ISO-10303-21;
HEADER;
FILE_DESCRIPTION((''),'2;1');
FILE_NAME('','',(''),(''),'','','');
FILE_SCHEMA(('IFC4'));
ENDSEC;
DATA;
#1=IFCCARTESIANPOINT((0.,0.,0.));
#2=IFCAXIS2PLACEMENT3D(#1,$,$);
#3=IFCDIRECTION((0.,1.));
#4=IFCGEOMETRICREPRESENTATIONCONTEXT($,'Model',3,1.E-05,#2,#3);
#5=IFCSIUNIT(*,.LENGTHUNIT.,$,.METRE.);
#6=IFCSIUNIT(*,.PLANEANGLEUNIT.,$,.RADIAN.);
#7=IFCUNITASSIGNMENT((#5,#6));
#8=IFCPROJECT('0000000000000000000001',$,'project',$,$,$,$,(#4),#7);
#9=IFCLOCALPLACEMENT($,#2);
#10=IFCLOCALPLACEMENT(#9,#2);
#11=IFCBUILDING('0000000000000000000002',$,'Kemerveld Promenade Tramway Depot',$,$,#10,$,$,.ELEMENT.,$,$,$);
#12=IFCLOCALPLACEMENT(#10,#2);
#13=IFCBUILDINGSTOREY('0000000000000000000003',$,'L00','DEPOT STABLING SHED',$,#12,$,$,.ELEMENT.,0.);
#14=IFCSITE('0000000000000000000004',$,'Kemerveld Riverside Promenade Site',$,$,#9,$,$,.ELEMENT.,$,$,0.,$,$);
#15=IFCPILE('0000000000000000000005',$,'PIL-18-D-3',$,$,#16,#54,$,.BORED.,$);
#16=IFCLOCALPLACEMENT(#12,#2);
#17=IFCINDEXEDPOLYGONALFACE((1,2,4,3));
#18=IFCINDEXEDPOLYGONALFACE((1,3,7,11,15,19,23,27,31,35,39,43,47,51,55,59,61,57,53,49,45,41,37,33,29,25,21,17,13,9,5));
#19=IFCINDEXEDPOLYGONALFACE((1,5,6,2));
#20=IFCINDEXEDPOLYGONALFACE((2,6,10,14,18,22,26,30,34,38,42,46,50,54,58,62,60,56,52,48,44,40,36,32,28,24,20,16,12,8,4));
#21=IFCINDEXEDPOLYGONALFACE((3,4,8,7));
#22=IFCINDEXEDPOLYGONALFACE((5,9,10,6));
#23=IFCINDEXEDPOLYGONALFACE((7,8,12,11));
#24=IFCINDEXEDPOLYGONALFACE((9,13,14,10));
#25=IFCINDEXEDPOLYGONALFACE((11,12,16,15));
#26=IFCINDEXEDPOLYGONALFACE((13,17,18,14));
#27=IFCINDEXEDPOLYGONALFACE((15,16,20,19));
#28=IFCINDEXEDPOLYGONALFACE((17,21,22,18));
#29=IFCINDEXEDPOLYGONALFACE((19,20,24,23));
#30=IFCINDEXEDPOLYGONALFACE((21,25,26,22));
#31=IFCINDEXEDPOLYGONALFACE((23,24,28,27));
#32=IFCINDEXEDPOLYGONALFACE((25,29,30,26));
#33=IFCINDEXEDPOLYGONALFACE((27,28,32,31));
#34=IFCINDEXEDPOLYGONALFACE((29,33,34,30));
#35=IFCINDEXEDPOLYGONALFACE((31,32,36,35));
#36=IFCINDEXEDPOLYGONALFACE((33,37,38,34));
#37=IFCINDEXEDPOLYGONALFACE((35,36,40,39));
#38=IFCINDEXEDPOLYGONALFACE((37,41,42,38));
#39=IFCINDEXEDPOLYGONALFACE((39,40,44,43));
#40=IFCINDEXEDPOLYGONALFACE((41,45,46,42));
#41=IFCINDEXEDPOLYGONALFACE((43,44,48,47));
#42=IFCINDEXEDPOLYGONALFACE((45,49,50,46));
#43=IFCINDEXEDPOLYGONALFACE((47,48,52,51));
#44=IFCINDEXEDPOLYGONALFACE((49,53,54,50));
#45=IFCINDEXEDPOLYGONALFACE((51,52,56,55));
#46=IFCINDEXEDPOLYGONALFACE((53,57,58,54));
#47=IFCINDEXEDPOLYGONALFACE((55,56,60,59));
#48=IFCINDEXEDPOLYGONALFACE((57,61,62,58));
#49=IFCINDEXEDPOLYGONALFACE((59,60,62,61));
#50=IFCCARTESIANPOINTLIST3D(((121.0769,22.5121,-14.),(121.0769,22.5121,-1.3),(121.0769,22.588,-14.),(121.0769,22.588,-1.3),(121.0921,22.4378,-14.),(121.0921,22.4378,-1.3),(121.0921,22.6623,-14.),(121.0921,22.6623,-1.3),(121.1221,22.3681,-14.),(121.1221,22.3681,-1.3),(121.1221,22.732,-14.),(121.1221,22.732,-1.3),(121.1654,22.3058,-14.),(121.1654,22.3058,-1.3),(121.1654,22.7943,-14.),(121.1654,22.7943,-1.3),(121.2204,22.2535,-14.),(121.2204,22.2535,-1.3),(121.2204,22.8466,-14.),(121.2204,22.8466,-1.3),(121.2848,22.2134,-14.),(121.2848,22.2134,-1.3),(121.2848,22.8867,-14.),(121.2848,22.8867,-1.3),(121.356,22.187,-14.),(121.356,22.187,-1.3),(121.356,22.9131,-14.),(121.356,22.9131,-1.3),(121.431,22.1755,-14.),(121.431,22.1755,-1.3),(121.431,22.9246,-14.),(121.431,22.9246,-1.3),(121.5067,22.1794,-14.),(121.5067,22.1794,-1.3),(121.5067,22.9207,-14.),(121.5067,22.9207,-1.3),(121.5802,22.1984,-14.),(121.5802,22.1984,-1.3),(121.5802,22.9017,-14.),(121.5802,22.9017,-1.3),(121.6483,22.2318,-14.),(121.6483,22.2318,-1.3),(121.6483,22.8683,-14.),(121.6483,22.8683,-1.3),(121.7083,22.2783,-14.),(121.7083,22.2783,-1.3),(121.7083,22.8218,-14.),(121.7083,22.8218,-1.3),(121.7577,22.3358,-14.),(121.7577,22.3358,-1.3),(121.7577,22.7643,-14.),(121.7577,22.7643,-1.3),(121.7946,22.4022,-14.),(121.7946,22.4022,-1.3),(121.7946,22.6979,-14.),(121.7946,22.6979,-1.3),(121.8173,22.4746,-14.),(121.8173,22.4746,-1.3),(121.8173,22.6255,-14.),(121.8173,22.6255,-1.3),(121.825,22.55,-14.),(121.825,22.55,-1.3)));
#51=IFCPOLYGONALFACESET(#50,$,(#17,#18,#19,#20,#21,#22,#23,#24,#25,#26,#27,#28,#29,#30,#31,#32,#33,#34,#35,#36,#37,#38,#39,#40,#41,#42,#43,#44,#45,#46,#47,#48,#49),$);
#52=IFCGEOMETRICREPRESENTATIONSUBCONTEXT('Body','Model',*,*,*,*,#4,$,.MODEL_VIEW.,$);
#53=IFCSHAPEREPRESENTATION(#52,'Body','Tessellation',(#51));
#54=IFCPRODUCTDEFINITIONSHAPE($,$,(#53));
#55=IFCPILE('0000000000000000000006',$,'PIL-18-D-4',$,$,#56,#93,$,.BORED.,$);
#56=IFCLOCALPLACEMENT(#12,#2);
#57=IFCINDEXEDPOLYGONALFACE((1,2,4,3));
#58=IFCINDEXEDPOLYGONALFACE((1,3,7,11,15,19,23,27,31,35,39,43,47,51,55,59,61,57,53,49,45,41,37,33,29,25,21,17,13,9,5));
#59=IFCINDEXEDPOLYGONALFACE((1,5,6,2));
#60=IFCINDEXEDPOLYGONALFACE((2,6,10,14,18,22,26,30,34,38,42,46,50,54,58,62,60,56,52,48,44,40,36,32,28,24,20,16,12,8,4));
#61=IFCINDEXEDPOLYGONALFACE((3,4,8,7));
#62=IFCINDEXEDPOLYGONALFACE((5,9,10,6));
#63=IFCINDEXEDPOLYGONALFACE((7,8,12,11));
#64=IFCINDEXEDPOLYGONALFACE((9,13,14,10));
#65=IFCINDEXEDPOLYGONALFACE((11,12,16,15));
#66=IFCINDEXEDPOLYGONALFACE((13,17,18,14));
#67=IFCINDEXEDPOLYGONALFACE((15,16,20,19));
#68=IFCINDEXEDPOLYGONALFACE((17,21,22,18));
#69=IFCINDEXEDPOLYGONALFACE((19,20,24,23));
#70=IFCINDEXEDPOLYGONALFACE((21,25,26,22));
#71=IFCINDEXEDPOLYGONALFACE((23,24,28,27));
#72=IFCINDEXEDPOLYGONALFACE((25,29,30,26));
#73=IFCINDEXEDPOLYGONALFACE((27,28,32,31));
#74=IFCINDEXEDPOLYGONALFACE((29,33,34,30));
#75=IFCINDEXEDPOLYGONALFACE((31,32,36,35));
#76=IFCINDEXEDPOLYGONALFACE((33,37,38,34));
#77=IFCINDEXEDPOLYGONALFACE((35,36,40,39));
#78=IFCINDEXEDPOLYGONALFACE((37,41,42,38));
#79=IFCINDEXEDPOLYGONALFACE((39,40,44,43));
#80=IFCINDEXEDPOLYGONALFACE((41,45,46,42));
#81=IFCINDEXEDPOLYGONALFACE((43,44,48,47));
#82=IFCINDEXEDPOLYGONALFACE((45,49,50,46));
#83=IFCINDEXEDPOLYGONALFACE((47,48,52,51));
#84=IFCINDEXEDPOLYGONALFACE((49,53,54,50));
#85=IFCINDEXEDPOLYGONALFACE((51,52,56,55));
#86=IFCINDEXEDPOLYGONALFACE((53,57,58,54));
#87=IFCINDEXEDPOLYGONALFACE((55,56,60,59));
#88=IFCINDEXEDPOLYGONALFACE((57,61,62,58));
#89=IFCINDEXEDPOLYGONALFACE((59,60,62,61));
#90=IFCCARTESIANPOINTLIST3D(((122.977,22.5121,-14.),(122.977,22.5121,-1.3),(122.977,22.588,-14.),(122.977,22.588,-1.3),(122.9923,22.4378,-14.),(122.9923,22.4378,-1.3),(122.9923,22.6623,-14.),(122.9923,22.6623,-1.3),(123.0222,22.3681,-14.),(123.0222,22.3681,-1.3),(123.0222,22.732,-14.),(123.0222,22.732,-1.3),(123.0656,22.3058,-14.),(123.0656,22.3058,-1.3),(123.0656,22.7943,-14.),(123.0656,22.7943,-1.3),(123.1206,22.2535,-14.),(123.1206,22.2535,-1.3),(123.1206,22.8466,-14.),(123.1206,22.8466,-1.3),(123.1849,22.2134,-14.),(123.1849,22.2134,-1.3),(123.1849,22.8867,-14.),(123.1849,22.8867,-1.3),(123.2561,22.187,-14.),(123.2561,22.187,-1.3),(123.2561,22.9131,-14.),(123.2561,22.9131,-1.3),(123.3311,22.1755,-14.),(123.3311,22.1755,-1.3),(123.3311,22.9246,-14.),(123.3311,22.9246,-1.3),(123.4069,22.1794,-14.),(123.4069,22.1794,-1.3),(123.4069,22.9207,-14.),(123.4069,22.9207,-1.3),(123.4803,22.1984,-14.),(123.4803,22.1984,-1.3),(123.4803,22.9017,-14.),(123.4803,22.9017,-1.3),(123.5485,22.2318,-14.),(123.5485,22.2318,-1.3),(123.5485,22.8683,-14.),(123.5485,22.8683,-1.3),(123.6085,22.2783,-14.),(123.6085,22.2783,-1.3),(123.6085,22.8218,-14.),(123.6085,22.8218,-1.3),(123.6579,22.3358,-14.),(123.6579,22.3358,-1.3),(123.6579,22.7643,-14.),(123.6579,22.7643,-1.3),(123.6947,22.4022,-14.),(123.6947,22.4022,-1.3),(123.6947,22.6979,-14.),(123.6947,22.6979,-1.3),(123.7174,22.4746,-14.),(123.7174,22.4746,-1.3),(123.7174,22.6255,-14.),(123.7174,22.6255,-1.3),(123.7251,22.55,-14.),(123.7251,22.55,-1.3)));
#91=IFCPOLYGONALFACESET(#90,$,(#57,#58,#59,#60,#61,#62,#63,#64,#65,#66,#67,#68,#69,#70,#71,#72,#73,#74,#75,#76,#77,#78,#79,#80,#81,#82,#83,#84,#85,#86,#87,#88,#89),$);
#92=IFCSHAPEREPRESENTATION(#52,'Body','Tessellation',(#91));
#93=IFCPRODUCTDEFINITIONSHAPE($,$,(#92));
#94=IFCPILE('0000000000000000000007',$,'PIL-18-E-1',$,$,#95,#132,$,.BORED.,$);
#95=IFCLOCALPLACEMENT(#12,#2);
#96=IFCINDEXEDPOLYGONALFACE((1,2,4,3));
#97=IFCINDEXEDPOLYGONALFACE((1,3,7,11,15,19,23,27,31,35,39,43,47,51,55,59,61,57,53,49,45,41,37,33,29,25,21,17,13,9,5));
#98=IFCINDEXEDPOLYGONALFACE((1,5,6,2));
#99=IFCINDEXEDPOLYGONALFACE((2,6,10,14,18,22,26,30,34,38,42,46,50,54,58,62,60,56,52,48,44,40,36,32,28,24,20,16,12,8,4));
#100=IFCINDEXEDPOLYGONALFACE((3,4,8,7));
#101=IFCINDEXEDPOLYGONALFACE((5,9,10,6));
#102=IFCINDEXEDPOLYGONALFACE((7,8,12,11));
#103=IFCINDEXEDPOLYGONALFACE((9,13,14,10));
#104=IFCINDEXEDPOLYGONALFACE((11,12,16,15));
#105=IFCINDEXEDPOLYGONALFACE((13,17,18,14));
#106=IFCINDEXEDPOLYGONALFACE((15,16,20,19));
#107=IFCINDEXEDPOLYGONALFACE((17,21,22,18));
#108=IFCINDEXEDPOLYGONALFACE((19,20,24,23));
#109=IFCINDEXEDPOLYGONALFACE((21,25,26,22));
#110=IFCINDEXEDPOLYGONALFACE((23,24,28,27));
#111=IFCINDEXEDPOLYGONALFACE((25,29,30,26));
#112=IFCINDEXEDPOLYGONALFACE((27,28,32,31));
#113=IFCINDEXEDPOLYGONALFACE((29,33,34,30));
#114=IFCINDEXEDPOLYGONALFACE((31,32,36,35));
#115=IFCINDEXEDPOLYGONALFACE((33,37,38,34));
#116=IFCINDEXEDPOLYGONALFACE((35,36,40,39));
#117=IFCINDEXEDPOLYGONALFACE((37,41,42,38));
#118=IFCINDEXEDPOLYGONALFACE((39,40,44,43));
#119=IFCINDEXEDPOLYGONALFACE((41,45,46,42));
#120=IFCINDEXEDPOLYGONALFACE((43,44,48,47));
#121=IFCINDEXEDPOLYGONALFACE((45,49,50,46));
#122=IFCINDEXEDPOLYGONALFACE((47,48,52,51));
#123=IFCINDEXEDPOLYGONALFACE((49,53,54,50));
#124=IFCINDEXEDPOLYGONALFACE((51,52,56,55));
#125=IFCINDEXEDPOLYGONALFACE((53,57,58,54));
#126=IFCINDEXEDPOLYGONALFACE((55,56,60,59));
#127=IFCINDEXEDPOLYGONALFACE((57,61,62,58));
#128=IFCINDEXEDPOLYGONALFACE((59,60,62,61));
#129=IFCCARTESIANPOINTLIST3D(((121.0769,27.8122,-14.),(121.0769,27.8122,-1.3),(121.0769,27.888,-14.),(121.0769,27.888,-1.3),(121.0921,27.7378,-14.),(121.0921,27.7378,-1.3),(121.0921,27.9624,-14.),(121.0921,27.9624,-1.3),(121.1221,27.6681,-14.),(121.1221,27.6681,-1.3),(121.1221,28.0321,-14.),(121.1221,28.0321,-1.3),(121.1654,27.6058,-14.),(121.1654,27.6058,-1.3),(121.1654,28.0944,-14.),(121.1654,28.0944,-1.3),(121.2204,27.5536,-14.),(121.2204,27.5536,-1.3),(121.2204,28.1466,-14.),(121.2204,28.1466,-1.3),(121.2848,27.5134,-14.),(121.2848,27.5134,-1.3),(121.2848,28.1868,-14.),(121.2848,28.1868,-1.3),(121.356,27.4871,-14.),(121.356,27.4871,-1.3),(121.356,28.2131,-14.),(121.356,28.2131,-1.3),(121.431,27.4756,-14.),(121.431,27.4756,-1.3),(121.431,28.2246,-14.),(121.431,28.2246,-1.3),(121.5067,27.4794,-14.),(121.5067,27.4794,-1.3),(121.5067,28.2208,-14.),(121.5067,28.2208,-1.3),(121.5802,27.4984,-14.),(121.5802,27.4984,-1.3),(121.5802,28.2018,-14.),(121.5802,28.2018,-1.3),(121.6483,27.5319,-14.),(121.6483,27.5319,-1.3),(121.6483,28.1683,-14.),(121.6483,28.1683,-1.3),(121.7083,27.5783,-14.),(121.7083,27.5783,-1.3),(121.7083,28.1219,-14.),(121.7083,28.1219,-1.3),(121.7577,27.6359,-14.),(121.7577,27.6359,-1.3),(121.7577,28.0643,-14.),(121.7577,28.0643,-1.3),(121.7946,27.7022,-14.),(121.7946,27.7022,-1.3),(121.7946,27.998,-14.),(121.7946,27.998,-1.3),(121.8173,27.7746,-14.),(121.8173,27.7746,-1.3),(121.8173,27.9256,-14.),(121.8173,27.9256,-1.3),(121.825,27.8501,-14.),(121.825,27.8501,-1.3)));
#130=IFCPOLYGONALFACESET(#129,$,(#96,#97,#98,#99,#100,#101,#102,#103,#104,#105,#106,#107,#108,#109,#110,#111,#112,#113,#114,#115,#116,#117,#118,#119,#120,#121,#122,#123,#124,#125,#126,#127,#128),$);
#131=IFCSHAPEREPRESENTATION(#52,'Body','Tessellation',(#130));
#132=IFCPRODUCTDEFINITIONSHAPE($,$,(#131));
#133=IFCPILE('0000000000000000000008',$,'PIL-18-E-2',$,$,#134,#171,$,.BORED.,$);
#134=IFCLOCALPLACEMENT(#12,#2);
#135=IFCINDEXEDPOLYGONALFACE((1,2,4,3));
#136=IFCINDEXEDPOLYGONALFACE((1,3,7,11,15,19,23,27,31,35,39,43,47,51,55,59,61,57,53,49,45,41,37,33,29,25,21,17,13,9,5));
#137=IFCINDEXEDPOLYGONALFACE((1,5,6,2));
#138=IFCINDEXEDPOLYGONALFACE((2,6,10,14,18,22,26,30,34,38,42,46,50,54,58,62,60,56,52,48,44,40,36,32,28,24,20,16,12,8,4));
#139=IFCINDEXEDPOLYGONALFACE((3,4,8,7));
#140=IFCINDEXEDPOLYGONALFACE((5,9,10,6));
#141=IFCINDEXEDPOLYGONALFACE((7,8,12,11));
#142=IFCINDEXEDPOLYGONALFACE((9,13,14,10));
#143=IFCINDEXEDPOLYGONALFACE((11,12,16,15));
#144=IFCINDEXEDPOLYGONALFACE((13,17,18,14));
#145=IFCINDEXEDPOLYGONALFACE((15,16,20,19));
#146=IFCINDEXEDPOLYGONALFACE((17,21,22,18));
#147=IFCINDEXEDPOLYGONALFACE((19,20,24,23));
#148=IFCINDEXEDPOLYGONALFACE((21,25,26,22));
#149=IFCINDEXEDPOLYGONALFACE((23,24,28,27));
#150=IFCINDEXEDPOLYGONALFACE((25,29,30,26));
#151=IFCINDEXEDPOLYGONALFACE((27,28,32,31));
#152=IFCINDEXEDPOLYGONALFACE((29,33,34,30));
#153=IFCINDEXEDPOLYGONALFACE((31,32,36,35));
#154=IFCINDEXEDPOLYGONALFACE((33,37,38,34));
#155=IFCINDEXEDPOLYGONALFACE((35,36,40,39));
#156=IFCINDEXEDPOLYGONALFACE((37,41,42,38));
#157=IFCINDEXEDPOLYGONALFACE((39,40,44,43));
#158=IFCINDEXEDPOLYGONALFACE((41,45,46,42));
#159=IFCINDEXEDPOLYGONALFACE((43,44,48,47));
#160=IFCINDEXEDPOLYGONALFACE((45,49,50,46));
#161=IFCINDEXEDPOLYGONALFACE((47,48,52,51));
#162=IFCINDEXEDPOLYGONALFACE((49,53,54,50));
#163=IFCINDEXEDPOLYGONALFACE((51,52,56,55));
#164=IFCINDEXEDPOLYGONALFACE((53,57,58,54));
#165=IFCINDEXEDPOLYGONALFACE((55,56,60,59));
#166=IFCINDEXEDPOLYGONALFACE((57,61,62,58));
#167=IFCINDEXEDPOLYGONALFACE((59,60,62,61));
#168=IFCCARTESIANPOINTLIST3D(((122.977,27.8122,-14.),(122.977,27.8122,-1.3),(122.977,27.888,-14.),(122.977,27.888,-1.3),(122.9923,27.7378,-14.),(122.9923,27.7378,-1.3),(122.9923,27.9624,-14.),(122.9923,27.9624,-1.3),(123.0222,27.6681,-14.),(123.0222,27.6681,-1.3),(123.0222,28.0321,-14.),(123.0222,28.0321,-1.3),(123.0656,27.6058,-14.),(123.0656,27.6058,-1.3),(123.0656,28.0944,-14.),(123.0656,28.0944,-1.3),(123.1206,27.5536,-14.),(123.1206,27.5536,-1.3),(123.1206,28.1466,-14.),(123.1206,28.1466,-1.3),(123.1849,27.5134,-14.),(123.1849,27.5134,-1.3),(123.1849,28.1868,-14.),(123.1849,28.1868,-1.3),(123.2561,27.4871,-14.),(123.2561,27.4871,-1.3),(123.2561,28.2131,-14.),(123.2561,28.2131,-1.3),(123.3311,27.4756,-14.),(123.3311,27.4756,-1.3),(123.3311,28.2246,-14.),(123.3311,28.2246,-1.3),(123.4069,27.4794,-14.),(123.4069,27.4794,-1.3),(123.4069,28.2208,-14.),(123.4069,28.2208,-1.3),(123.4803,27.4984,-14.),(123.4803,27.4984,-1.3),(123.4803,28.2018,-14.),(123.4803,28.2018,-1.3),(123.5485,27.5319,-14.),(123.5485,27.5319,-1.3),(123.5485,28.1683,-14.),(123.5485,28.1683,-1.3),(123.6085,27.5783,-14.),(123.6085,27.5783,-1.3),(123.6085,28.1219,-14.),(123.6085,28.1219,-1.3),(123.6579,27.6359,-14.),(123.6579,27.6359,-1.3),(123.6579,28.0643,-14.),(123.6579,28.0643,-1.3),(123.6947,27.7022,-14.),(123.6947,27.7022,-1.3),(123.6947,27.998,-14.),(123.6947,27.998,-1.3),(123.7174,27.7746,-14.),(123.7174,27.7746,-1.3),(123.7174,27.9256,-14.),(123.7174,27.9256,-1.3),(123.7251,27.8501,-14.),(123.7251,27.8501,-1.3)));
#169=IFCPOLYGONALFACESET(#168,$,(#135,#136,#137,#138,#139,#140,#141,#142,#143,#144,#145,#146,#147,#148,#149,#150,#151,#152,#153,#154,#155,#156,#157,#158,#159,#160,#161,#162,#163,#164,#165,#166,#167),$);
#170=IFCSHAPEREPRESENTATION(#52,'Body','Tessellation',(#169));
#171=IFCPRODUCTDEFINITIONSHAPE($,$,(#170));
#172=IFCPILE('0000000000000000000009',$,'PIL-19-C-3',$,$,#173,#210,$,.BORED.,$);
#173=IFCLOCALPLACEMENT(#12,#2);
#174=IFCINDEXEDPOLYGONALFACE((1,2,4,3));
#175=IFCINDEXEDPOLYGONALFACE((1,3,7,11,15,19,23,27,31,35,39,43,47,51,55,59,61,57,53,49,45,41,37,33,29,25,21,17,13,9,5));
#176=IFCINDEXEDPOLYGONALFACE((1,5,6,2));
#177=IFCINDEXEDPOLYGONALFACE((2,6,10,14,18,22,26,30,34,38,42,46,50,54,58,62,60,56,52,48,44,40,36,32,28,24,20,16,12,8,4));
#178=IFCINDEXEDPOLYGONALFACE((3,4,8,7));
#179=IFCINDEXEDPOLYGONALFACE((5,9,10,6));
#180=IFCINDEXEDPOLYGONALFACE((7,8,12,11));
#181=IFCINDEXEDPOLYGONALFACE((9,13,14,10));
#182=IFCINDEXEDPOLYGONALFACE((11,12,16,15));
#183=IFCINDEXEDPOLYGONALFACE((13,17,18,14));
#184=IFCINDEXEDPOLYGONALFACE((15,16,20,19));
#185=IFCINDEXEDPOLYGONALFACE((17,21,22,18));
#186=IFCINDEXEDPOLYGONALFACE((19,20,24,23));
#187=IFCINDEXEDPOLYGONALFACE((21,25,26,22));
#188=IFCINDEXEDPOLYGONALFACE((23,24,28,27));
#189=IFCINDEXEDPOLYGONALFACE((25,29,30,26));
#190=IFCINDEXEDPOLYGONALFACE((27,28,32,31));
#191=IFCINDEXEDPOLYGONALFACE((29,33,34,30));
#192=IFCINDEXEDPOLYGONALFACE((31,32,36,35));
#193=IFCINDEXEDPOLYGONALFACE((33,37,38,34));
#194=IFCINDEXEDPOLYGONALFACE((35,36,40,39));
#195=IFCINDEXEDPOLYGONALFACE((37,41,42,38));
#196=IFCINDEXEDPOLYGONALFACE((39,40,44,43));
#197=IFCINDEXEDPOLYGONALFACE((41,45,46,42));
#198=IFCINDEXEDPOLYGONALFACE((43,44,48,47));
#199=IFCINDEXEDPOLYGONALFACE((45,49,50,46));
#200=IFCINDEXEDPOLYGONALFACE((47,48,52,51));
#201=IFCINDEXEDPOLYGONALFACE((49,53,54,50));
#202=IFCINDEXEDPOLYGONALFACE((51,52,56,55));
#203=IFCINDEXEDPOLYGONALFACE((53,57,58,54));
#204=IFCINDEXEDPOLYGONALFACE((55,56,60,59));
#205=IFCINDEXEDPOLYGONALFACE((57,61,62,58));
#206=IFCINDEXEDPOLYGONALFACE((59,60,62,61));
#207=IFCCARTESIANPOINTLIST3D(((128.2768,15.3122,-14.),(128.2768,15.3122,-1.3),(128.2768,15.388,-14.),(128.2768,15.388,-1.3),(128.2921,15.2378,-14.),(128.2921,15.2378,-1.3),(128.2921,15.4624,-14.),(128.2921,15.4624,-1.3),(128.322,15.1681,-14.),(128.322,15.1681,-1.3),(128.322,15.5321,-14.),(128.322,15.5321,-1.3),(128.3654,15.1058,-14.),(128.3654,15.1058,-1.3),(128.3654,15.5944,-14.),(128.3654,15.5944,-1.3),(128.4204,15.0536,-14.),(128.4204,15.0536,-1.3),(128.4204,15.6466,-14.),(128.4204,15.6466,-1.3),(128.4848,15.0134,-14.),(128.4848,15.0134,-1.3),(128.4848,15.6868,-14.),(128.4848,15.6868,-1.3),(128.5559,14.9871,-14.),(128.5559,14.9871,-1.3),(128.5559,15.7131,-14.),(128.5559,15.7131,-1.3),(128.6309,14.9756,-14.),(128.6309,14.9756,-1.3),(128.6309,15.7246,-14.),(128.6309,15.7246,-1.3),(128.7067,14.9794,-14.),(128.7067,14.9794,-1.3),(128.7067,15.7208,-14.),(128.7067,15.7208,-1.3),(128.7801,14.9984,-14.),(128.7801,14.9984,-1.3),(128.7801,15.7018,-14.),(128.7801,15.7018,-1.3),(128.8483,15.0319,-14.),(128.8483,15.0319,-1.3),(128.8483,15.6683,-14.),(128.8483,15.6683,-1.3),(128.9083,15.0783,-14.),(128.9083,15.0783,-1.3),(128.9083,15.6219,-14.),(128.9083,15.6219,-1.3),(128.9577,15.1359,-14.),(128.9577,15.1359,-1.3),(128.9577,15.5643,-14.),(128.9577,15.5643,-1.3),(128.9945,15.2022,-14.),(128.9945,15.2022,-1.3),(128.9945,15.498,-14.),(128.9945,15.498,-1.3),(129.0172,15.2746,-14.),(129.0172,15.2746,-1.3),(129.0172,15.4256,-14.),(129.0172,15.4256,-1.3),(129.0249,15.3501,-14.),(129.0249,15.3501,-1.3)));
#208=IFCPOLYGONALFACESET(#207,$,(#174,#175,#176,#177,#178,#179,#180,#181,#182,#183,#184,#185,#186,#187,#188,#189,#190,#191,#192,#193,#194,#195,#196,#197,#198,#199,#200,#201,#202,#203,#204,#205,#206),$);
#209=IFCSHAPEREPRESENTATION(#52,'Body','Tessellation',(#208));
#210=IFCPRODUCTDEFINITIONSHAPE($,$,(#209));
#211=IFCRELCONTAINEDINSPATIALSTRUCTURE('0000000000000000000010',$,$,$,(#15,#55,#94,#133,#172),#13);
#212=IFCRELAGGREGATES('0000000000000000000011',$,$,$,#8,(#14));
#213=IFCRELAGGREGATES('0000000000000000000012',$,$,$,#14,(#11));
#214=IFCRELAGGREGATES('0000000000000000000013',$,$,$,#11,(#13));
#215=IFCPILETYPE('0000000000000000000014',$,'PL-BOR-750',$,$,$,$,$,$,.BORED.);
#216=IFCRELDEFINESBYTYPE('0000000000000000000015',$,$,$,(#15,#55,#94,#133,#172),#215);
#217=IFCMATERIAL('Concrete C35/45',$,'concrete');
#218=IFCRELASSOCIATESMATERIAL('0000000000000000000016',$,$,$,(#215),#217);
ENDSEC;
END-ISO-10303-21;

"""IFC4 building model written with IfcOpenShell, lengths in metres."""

from ifc_helpers import new_model, si_unit, direction, frame, origin, origin_2d, place, context, subcontext, project, spatial, circle, extrude, material, material_profile, profile_set, type_object, element, save


model = new_model("IFC4")

# Units and contexts
model_context = context("Model", 3, precision=1e-05, world=origin(), true_north=direction((0.0, 1.0)))
body_context = subcontext(model_context, "Body", "Model", "MODEL_VIEW")
ifc_project = project(units=[si_unit("LENGTHUNIT", "METRE"), si_unit("PLANEANGLEUNIT", "RADIAN")], contexts=[model_context])

# Site, building, storey
site_placement = place(None, origin())
site = spatial("IfcSite", under=ifc_project, at=site_placement, Name="Kemerveld Riverside Promenade Site", CompositionType="ELEMENT", RefElevation=0.0)
building_placement = place(site_placement, origin())
building = spatial("IfcBuilding", under=site, at=building_placement, Name="Kemerveld Promenade Tramway Depot", CompositionType="ELEMENT")
storey_placement = place(building_placement, origin())
storey = spatial("IfcBuildingStorey", under=building, at=storey_placement, Name="L00", Description="DEPOT STABLING SHED", CompositionType="ELEMENT", Elevation=0.0)

# Shared definitions
ifc_material_1 = material(Name="Concrete C35/45", Category="concrete")

# Piles
ifc_material_profile_1 = material_profile(ifc_material_1, circle(Radius=0.375, at=origin_2d()), Name="PILE-D750")
ifc_profile_set_1 = profile_set([ifc_material_profile_1], Name="Concrete C35/45")
pile_type = type_object("IfcPileType", Name="PL-BOR-750", PredefinedType="BORED", material=ifc_profile_set_1)
for number, where, z_axis, x_axis, name in (
    (1, (121.45, 22.55, -1.3), (0.0, 0.0, -1.0), (1.0, 0.0, 0.0), "PIL-18-D-3"),
    (2, (123.3501, 22.55, -1.3), (0.0, 0.0, -1.0), (1.0, 0.0, 0.0), "PIL-18-D-4"),
    (3, (121.45, 27.8501, -1.3), (0.0, 0.0, -1.0), (1.0, 0.0, 0.0), "PIL-18-E-1"),
    (4, (123.3501, 27.8501, -1.3), (0.0, 0.0, -1.0), (1.0, 0.0, 0.0), "PIL-18-E-2"),
    (5, (128.6499, 15.3501, -1.3), (0.0, 0.0, -1.0), (1.0, 0.0, 0.0), "PIL-19-C-3"),
):
    element("IfcPile", number, at=place(storey_placement, frame(where, z_axis=z_axis, x_axis=x_axis)), inside=storey, type_object=pile_type, Name=name, PredefinedType="BORED", context=body_context, shape_type="SweptSolid", body=[
        extrude(circle(Radius=0.375, at=origin_2d()), origin(), (0.0, 0.0, 1.0), 12.7),
    ])

save(model, "model.ifc")
